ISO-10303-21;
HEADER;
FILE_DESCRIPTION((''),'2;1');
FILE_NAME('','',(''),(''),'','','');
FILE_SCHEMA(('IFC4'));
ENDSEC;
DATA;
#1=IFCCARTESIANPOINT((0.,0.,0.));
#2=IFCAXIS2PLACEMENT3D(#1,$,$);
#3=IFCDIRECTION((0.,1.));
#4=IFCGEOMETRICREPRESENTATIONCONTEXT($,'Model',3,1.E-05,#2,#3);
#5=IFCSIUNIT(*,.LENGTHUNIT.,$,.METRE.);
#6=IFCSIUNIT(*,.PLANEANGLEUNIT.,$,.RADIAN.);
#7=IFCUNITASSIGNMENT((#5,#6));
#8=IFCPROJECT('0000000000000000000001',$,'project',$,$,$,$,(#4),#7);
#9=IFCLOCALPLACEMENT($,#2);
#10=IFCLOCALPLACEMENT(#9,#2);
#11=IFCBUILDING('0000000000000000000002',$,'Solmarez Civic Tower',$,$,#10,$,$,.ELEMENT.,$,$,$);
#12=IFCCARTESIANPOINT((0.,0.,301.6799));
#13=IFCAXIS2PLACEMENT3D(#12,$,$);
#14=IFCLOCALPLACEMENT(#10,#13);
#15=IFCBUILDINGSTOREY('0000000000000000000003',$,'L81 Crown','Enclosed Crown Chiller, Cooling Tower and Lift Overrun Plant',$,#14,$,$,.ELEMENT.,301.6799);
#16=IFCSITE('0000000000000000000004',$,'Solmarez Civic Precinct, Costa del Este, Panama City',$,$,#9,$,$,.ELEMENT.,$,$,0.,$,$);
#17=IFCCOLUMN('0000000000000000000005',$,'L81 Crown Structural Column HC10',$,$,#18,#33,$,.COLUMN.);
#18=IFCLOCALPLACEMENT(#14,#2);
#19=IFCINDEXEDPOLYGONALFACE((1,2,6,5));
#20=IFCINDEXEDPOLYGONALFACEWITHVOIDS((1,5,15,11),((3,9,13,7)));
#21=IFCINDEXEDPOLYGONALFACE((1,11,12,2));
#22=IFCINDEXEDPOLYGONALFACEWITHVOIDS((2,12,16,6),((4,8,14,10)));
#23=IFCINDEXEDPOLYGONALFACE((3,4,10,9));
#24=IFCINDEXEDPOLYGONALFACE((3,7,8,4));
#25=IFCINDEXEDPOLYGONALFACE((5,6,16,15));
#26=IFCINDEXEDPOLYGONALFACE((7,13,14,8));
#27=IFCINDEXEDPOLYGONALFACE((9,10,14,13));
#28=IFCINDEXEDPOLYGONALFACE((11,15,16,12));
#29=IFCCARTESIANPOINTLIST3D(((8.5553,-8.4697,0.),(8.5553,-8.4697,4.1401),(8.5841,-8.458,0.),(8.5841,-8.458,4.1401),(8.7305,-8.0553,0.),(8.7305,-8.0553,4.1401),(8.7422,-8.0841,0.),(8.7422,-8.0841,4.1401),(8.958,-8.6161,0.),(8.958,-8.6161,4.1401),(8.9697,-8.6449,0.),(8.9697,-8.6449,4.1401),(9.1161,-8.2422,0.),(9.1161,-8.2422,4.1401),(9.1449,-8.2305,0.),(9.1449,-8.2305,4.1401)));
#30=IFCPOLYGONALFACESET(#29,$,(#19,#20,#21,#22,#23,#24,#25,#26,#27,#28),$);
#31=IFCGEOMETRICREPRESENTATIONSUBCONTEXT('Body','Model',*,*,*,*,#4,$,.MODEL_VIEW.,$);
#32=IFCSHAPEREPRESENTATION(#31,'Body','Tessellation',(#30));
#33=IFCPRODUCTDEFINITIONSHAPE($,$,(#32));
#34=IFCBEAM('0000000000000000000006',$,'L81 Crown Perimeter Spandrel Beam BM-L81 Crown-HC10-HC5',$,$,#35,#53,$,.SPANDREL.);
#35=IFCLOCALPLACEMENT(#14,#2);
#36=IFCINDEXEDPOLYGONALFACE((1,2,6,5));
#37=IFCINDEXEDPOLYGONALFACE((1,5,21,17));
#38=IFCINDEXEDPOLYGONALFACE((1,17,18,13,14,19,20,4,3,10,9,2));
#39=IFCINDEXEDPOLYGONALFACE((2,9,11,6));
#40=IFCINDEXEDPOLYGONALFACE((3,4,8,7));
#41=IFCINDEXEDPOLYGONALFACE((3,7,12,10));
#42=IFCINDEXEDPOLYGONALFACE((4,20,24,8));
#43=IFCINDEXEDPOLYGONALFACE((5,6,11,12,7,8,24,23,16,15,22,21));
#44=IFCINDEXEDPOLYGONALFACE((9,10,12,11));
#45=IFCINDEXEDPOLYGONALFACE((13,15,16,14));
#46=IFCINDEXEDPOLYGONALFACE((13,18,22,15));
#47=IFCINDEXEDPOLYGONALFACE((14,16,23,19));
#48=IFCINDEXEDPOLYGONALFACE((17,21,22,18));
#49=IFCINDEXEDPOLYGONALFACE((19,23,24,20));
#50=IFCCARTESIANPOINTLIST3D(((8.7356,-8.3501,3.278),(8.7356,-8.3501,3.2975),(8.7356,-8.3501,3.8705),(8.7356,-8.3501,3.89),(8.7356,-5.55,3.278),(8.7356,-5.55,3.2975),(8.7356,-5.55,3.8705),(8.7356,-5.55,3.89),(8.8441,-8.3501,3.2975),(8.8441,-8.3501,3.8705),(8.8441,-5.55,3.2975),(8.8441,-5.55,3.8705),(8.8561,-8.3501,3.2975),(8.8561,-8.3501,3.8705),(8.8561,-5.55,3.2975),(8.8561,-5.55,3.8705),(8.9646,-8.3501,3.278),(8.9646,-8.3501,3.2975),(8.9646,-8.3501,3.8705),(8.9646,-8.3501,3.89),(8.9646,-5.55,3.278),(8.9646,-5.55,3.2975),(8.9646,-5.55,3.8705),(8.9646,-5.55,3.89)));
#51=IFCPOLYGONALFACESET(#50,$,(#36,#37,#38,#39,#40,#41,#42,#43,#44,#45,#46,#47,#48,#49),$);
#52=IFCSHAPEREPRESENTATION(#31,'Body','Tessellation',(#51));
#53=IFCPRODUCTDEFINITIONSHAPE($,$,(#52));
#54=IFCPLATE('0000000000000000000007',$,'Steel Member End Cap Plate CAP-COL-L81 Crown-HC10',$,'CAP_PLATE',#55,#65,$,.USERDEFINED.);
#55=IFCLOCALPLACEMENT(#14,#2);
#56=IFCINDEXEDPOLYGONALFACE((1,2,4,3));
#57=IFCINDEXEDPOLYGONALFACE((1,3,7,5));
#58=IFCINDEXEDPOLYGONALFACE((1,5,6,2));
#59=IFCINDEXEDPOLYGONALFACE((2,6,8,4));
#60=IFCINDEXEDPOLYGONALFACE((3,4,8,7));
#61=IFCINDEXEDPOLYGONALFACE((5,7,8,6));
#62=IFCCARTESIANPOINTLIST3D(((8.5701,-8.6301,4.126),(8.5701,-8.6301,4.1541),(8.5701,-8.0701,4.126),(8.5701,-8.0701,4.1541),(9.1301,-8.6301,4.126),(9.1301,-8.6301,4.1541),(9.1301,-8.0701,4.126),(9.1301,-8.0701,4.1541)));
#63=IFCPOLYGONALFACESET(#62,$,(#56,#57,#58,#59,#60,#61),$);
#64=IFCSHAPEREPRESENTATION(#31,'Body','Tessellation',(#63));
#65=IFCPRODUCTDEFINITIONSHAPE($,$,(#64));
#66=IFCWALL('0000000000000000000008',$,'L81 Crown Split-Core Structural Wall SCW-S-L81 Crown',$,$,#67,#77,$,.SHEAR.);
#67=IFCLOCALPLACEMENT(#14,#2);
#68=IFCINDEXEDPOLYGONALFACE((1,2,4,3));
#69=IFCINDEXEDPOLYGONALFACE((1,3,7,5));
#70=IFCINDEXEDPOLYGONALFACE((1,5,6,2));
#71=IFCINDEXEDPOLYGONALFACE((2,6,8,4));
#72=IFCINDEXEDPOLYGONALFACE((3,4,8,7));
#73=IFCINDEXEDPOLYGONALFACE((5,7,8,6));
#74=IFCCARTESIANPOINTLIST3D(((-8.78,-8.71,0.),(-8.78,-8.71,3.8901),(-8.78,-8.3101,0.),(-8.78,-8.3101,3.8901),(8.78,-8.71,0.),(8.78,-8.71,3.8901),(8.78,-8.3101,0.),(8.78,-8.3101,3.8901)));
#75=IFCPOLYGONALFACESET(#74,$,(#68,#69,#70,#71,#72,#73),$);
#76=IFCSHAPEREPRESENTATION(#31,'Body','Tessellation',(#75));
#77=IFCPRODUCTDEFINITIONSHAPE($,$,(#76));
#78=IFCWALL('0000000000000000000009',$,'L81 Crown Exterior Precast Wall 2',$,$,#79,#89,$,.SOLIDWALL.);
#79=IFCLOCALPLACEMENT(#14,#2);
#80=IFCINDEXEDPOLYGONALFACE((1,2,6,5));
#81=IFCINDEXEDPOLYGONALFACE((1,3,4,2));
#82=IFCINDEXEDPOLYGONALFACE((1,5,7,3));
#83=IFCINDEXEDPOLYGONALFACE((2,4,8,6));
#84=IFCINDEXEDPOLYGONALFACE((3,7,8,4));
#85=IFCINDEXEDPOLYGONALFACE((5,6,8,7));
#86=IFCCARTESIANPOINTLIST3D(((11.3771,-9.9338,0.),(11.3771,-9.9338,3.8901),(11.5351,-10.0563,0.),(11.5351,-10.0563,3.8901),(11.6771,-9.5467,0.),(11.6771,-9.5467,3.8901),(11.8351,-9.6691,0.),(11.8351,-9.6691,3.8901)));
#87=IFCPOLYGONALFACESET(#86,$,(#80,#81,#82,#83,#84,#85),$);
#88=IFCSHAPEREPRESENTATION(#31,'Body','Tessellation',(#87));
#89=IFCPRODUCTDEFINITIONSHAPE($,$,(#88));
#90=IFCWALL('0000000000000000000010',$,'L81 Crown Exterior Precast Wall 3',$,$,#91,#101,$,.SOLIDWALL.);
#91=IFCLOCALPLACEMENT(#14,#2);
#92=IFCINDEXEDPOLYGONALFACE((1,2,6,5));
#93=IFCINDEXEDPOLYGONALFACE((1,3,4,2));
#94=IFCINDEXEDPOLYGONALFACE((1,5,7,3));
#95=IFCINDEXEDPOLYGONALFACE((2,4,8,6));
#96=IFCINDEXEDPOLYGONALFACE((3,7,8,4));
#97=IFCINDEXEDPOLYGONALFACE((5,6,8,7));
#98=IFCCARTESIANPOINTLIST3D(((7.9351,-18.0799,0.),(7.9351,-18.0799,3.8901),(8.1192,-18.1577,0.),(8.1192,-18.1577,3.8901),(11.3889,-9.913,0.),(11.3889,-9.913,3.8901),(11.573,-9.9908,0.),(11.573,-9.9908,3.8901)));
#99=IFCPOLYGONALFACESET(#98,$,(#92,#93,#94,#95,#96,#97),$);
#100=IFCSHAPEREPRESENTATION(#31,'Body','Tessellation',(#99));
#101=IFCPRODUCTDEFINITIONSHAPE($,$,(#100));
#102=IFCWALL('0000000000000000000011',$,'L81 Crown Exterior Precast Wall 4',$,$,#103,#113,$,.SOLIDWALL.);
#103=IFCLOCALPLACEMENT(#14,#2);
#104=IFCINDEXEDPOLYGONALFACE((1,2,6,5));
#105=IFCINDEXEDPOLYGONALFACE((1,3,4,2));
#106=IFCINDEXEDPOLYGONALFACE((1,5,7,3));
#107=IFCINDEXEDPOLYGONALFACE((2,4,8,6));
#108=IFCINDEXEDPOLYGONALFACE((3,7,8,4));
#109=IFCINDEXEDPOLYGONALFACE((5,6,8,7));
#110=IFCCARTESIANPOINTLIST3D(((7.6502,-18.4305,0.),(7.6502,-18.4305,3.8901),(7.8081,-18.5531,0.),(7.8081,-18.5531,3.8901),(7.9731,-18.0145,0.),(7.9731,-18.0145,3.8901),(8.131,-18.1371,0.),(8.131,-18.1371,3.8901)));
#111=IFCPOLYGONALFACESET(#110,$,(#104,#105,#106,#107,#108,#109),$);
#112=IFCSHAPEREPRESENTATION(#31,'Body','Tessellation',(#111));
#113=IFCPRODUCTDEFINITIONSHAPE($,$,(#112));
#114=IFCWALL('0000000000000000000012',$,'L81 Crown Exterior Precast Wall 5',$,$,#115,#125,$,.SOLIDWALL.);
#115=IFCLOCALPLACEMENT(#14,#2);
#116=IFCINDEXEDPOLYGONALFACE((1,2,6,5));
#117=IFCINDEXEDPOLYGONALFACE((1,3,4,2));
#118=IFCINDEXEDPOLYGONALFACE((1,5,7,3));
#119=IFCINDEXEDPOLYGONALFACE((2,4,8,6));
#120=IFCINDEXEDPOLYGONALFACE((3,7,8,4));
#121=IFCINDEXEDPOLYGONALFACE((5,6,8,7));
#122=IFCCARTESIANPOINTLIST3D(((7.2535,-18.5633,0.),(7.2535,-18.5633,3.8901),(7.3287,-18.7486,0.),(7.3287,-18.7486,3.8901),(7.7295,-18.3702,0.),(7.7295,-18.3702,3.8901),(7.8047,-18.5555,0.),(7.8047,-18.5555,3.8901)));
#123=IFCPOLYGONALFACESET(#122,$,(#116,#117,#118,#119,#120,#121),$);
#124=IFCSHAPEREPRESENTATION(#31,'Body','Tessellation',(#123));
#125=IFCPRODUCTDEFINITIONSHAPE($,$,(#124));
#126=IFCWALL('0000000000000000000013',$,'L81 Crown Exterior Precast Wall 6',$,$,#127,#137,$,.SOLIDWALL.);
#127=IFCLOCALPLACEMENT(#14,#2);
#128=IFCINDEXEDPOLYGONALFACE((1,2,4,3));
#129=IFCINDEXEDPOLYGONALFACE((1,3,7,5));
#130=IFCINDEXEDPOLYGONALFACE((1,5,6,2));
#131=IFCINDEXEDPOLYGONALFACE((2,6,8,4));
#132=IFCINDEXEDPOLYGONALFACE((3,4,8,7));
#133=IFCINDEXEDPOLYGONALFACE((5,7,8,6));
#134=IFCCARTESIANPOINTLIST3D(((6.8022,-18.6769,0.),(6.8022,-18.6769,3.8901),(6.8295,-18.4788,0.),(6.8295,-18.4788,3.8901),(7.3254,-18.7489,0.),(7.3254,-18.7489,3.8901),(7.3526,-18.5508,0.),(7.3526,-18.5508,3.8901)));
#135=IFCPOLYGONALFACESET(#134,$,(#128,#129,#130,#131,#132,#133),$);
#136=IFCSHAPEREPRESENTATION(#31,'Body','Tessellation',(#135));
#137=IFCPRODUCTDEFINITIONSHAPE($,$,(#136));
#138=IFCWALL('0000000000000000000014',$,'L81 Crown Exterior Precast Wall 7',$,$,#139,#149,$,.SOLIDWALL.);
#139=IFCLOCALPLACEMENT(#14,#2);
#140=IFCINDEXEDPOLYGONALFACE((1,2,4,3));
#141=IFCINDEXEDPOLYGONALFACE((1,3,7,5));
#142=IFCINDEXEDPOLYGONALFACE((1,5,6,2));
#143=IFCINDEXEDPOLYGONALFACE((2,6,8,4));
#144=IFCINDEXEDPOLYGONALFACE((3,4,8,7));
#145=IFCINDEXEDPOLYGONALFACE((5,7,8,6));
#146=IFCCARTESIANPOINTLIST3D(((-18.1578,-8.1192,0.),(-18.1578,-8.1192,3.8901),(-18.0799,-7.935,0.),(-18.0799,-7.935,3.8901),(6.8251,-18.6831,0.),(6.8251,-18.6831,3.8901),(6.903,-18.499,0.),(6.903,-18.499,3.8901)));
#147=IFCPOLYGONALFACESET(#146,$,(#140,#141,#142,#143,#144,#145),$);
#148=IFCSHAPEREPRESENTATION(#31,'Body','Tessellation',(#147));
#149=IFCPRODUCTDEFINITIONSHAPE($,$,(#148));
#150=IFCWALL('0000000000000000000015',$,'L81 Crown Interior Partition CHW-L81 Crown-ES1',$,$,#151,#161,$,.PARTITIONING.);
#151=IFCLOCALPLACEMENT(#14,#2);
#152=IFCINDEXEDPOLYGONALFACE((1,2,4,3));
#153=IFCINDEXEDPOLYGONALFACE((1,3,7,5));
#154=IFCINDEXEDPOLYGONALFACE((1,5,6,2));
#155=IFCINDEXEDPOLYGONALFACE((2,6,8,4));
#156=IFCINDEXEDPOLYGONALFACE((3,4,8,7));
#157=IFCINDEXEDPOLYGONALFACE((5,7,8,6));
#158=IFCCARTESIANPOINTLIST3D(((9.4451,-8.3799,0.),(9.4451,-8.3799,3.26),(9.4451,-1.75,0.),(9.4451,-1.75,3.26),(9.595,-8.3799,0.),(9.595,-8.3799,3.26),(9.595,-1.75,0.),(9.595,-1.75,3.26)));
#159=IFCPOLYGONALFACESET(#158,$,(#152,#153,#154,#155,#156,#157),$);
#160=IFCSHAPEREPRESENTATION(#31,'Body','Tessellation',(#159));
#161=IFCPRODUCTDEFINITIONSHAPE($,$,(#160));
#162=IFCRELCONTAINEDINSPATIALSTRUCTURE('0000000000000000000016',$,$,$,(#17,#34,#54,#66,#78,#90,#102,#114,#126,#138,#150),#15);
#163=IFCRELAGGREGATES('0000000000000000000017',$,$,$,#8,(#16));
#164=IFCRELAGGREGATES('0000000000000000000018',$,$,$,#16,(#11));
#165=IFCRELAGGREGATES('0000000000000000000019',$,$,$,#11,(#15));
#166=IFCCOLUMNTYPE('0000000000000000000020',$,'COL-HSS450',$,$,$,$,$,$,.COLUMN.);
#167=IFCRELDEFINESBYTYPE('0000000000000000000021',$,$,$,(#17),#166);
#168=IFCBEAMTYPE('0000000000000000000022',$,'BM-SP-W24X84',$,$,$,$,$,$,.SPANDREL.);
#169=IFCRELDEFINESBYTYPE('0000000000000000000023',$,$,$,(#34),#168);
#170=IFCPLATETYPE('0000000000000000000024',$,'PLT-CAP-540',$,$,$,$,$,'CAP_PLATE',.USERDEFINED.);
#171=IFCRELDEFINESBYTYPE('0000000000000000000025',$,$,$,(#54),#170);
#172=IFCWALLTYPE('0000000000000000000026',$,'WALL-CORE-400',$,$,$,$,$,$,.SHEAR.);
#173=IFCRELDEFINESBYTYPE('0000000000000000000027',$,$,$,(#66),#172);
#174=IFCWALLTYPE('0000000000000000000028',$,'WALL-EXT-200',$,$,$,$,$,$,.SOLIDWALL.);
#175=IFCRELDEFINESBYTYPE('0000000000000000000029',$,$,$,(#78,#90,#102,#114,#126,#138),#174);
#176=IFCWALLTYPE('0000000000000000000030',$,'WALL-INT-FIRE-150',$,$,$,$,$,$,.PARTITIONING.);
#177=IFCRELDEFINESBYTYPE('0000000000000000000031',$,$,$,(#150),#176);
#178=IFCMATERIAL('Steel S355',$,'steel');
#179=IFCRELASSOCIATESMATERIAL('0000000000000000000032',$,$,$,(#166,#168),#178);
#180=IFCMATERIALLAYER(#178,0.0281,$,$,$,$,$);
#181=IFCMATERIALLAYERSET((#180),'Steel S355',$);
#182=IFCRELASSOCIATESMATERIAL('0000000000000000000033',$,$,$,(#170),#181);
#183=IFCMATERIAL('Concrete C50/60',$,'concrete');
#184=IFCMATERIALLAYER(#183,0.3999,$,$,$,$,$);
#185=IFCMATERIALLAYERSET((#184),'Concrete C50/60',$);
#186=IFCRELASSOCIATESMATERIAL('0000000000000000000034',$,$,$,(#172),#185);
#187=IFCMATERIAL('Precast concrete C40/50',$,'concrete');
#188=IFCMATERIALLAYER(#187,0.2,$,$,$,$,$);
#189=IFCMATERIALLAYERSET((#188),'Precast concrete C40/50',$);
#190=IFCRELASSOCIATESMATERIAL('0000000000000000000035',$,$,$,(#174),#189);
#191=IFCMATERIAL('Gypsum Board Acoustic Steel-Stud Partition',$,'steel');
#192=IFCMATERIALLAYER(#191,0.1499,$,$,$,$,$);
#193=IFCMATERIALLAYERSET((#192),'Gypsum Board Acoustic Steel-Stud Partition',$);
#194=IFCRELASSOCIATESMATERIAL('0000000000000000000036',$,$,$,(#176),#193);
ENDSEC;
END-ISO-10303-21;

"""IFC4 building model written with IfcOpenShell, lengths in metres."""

from ifc_helpers import new_model, si_unit, direction, frame, frame_2d, origin, origin_2d, place, context, subcontext, project, spatial, rectangle, hollow_rectangle, i_section, extrude, material, layer, layer_set, material_profile, profile_set, type_object, element, save


model = new_model("IFC4")

# Units and contexts
model_context = context("Model", 3, precision=1e-05, world=origin(), true_north=direction((0.0, 1.0)))
body_context = subcontext(model_context, "Body", "Model", "MODEL_VIEW")
ifc_project = project(units=[si_unit("LENGTHUNIT", "METRE"), si_unit("PLANEANGLEUNIT", "RADIAN")], contexts=[model_context])

# Site, building, storey
site_placement = place(None, origin())
site = spatial("IfcSite", under=ifc_project, at=site_placement, Name="Solmarez Civic Precinct, Costa del Este, Panama City", CompositionType="ELEMENT", RefElevation=0.0)
building_placement = place(site_placement, origin())
building = spatial("IfcBuilding", under=site, at=building_placement, Name="Solmarez Civic Tower", CompositionType="ELEMENT")
storey_placement = place(building_placement, frame((0.0, 0.0, 301.6799)))
storey = spatial("IfcBuildingStorey", under=building, at=storey_placement, Name="L81 Crown", Description="Enclosed Crown Chiller, Cooling Tower and Lift Overrun Plant", CompositionType="ELEMENT", Elevation=301.6799)

# Column
ifc_material_1 = material(Name="Steel S355", Category="steel")
ifc_material_profile_1 = material_profile(ifc_material_1, hollow_rectangle(XDim=0.45, YDim=0.45, WallThickness=0.022, at=origin_2d()), Name="HSS450X450X22")
ifc_profile_set_1 = profile_set([ifc_material_profile_1], Name="Steel S355")
column_type = type_object("IfcColumnType", Name="COL-HSS450", PredefinedType="COLUMN", material=ifc_profile_set_1)
column_placement = place(storey_placement, frame((8.8501, -8.3501, 0.0), z_axis=(0.0, 0.0, 1.0), x_axis=(0.389445, 0.92105, 0.0)))
element("IfcColumn", 1, at=column_placement, inside=storey, type_object=column_type, Name="L81 Crown Structural Column HC10", PredefinedType="COLUMN", context=body_context, shape_type="SweptSolid", body=[
    extrude(hollow_rectangle(XDim=0.45, YDim=0.45, WallThickness=0.022, at=origin_2d()), origin(), (0.0, 0.0, 1.0), 4.1401),
])

# Beam
ifc_material_profile_2 = material_profile(ifc_material_1, i_section(OverallWidth=0.229, OverallDepth=0.6121, WebThickness=0.012, FlangeThickness=0.0195, at=origin_2d()), Name="W24X84")
ifc_profile_set_2 = profile_set([ifc_material_profile_2], Name="Steel S355")
beam_type = type_object("IfcBeamType", Name="BM-SP-W24X84", PredefinedType="SPANDREL", material=ifc_profile_set_2)
beam_placement = place(storey_placement, frame((8.8501, -8.3501, 3.584), z_axis=(0.0, 1.0, 0.0), x_axis=(-1.0, 0.0, 0.0)))
element("IfcBeam", 2, at=beam_placement, inside=storey, type_object=beam_type, Name="L81 Crown Perimeter Spandrel Beam BM-L81 Crown-HC10-HC5", PredefinedType="SPANDREL", context=body_context, shape_type="SweptSolid", body=[
    extrude(i_section(OverallWidth=0.229, OverallDepth=0.6121, WebThickness=0.012, FlangeThickness=0.0195, at=origin_2d()), origin(), (0.0, 0.0, 1.0), 2.8),
])

# Plate
ifc_layer_1 = layer(ifc_material_1, 0.0281)
ifc_layer_set_1 = layer_set([ifc_layer_1], Name="Steel S355")
plate_type = type_object("IfcPlateType", Name="PLT-CAP-540", ElementType="CAP_PLATE", PredefinedType="USERDEFINED", material=ifc_layer_set_1)
plate_placement = place(storey_placement, frame((8.8501, -8.3501, 4.126), z_axis=(0.0, 0.0, 1.0), x_axis=(1.0, 0.0, 0.0)))
element("IfcPlate", 3, at=plate_placement, inside=storey, type_object=plate_type, Name="Steel Member End Cap Plate CAP-COL-L81 Crown-HC10", ObjectType="CAP_PLATE", PredefinedType="USERDEFINED", context=body_context, shape_type="SweptSolid", body=[
    extrude(rectangle(XDim=0.5601, YDim=0.5601, at=origin_2d()), origin(), (0.0, 0.0, 1.0), 0.0281),
])

# Walls
ifc_material_2 = material(Name="Concrete C50/60", Category="concrete")
ifc_layer_2 = layer(ifc_material_2, 0.3999)
ifc_layer_set_2 = layer_set([ifc_layer_2], Name="Concrete C50/60")
wall_type_1 = type_object("IfcWallType", Name="WALL-CORE-400", PredefinedType="SHEAR", material=ifc_layer_set_2)
wall_1_placement = place(storey_placement, frame((8.78, -8.51, 0.0), z_axis=(0.0, 0.0, 1.0), x_axis=(-1.0, 0.0, 0.0)))
element("IfcWall", 4, at=wall_1_placement, inside=storey, type_object=wall_type_1, Name="L81 Crown Split-Core Structural Wall SCW-S-L81 Crown", PredefinedType="SHEAR", context=body_context, shape_type="SweptSolid", body=[
    extrude(rectangle(XDim=17.5601, YDim=0.3999, at=frame_2d((8.78, 0.0))), origin(), (0.0, 0.0, 1.0), 3.8901),
])
ifc_material_3 = material(Name="Precast concrete C40/50", Category="concrete")
ifc_layer_3 = layer(ifc_material_3, 0.2)
ifc_layer_set_3 = layer_set([ifc_layer_3], Name="Precast concrete C40/50")
wall_type_2 = type_object("IfcWallType", Name="WALL-EXT-200", PredefinedType="SOLIDWALL", material=ifc_layer_set_3)
wall_2_placement = place(storey_placement, frame((11.7561, -9.6079, 0.0), z_axis=(0.0, 0.0, 1.0), x_axis=(-0.612525, -0.790451, 0.0)))
element("IfcWall", 5, at=wall_2_placement, inside=storey, type_object=wall_type_2, Name="L81 Crown Exterior Precast Wall 2", PredefinedType="SOLIDWALL", context=body_context, shape_type="SweptSolid", body=[
    extrude(rectangle(XDim=0.4897, YDim=0.2, at=frame_2d((0.2449, 0.0))), origin(), (0.0, 0.0, 1.0), 3.8901),
])
wall_3_placement = place(storey_placement, frame((11.481, -9.9519, 0.0), z_axis=(0.0, 0.0, 1.0), x_axis=(-0.389505, -0.921024, 0.0)))
element("IfcWall", 6, at=wall_3_placement, inside=storey, type_object=wall_type_2, Name="L81 Crown Exterior Precast Wall 3", PredefinedType="SOLIDWALL", context=body_context, shape_type="SweptSolid", body=[
    extrude(rectangle(XDim=8.8672, YDim=0.2, at=frame_2d((4.4336, 0.0))), origin(), (0.0, 0.0, 1.0), 3.8901),
])
wall_4_placement = place(storey_placement, frame((8.052, -18.0759, 0.0), z_axis=(0.0, 0.0, 1.0), x_axis=(-0.613266, -0.789876, 0.0)))
element("IfcWall", 7, at=wall_4_placement, inside=storey, type_object=wall_type_2, Name="L81 Crown Exterior Precast Wall 4", PredefinedType="SOLIDWALL", context=body_context, shape_type="SweptSolid", body=[
    extrude(rectangle(XDim=0.5266, YDim=0.2, at=frame_2d((0.2632, 0.0))), origin(), (0.0, 0.0, 1.0), 3.8901),
])
wall_5_placement = place(storey_placement, frame((7.7671, -18.4629, 0.0), z_axis=(0.0, 0.0, 1.0), x_axis=(-0.926663, -0.375893, 0.0)))
element("IfcWall", 8, at=wall_5_placement, inside=storey, type_object=wall_type_2, Name="L81 Crown Exterior Precast Wall 5", PredefinedType="SOLIDWALL", context=body_context, shape_type="SweptSolid", body=[
    extrude(rectangle(XDim=0.5137, YDim=0.2, at=frame_2d((0.2568, 0.0))), origin(), (0.0, 0.0, 1.0), 3.8901),
])
wall_6_placement = place(storey_placement, frame((7.3391, -18.6499, 0.0), z_axis=(0.0, 0.0, 1.0), x_axis=(-0.990658, 0.136371, 0.0)))
element("IfcWall", 9, at=wall_6_placement, inside=storey, type_object=wall_type_2, Name="L81 Crown Exterior Precast Wall 6", PredefinedType="SOLIDWALL", context=body_context, shape_type="SweptSolid", body=[
    extrude(rectangle(XDim=0.5281, YDim=0.2, at=frame_2d((0.2642, 0.0))), origin(), (0.0, 0.0, 1.0), 3.8901),
])
wall_7_placement = place(storey_placement, frame((6.864, -18.5911, 0.0), z_axis=(0.0, 0.0, 1.0), x_axis=(-0.921043, 0.389461, 0.0)))
element("IfcWall", 10, at=wall_7_placement, inside=storey, type_object=wall_type_2, Name="L81 Crown Exterior Precast Wall 7", PredefinedType="SOLIDWALL", context=body_context, shape_type="SweptSolid", body=[
    extrude(rectangle(XDim=27.1245, YDim=0.2, at=frame_2d((13.5623, 0.0))), origin(), (0.0, 0.0, 1.0), 3.8901),
])
ifc_material_4 = material(Name="Gypsum Board Acoustic Steel-Stud Partition", Category="steel")
ifc_layer_4 = layer(ifc_material_4, 0.1499)
ifc_layer_set_4 = layer_set([ifc_layer_4], Name="Gypsum Board Acoustic Steel-Stud Partition")
wall_type_3 = type_object("IfcWallType", Name="WALL-INT-FIRE-150", PredefinedType="PARTITIONING", material=ifc_layer_set_4)
wall_8_placement = place(storey_placement, frame((9.52, -8.3799, 0.0), z_axis=(0.0, 0.0, 1.0), x_axis=(0.0, 1.0, 0.0)))
element("IfcWall", 11, at=wall_8_placement, inside=storey, type_object=wall_type_3, Name="L81 Crown Interior Partition CHW-L81 Crown-ES1", PredefinedType="PARTITIONING", context=body_context, shape_type="SweptSolid", body=[
    extrude(rectangle(XDim=6.6299, YDim=0.1499, at=frame_2d((3.3149, 0.0))), origin(), (0.0, 0.0, 1.0), 3.26),
])

save(model, "model.ifc")
